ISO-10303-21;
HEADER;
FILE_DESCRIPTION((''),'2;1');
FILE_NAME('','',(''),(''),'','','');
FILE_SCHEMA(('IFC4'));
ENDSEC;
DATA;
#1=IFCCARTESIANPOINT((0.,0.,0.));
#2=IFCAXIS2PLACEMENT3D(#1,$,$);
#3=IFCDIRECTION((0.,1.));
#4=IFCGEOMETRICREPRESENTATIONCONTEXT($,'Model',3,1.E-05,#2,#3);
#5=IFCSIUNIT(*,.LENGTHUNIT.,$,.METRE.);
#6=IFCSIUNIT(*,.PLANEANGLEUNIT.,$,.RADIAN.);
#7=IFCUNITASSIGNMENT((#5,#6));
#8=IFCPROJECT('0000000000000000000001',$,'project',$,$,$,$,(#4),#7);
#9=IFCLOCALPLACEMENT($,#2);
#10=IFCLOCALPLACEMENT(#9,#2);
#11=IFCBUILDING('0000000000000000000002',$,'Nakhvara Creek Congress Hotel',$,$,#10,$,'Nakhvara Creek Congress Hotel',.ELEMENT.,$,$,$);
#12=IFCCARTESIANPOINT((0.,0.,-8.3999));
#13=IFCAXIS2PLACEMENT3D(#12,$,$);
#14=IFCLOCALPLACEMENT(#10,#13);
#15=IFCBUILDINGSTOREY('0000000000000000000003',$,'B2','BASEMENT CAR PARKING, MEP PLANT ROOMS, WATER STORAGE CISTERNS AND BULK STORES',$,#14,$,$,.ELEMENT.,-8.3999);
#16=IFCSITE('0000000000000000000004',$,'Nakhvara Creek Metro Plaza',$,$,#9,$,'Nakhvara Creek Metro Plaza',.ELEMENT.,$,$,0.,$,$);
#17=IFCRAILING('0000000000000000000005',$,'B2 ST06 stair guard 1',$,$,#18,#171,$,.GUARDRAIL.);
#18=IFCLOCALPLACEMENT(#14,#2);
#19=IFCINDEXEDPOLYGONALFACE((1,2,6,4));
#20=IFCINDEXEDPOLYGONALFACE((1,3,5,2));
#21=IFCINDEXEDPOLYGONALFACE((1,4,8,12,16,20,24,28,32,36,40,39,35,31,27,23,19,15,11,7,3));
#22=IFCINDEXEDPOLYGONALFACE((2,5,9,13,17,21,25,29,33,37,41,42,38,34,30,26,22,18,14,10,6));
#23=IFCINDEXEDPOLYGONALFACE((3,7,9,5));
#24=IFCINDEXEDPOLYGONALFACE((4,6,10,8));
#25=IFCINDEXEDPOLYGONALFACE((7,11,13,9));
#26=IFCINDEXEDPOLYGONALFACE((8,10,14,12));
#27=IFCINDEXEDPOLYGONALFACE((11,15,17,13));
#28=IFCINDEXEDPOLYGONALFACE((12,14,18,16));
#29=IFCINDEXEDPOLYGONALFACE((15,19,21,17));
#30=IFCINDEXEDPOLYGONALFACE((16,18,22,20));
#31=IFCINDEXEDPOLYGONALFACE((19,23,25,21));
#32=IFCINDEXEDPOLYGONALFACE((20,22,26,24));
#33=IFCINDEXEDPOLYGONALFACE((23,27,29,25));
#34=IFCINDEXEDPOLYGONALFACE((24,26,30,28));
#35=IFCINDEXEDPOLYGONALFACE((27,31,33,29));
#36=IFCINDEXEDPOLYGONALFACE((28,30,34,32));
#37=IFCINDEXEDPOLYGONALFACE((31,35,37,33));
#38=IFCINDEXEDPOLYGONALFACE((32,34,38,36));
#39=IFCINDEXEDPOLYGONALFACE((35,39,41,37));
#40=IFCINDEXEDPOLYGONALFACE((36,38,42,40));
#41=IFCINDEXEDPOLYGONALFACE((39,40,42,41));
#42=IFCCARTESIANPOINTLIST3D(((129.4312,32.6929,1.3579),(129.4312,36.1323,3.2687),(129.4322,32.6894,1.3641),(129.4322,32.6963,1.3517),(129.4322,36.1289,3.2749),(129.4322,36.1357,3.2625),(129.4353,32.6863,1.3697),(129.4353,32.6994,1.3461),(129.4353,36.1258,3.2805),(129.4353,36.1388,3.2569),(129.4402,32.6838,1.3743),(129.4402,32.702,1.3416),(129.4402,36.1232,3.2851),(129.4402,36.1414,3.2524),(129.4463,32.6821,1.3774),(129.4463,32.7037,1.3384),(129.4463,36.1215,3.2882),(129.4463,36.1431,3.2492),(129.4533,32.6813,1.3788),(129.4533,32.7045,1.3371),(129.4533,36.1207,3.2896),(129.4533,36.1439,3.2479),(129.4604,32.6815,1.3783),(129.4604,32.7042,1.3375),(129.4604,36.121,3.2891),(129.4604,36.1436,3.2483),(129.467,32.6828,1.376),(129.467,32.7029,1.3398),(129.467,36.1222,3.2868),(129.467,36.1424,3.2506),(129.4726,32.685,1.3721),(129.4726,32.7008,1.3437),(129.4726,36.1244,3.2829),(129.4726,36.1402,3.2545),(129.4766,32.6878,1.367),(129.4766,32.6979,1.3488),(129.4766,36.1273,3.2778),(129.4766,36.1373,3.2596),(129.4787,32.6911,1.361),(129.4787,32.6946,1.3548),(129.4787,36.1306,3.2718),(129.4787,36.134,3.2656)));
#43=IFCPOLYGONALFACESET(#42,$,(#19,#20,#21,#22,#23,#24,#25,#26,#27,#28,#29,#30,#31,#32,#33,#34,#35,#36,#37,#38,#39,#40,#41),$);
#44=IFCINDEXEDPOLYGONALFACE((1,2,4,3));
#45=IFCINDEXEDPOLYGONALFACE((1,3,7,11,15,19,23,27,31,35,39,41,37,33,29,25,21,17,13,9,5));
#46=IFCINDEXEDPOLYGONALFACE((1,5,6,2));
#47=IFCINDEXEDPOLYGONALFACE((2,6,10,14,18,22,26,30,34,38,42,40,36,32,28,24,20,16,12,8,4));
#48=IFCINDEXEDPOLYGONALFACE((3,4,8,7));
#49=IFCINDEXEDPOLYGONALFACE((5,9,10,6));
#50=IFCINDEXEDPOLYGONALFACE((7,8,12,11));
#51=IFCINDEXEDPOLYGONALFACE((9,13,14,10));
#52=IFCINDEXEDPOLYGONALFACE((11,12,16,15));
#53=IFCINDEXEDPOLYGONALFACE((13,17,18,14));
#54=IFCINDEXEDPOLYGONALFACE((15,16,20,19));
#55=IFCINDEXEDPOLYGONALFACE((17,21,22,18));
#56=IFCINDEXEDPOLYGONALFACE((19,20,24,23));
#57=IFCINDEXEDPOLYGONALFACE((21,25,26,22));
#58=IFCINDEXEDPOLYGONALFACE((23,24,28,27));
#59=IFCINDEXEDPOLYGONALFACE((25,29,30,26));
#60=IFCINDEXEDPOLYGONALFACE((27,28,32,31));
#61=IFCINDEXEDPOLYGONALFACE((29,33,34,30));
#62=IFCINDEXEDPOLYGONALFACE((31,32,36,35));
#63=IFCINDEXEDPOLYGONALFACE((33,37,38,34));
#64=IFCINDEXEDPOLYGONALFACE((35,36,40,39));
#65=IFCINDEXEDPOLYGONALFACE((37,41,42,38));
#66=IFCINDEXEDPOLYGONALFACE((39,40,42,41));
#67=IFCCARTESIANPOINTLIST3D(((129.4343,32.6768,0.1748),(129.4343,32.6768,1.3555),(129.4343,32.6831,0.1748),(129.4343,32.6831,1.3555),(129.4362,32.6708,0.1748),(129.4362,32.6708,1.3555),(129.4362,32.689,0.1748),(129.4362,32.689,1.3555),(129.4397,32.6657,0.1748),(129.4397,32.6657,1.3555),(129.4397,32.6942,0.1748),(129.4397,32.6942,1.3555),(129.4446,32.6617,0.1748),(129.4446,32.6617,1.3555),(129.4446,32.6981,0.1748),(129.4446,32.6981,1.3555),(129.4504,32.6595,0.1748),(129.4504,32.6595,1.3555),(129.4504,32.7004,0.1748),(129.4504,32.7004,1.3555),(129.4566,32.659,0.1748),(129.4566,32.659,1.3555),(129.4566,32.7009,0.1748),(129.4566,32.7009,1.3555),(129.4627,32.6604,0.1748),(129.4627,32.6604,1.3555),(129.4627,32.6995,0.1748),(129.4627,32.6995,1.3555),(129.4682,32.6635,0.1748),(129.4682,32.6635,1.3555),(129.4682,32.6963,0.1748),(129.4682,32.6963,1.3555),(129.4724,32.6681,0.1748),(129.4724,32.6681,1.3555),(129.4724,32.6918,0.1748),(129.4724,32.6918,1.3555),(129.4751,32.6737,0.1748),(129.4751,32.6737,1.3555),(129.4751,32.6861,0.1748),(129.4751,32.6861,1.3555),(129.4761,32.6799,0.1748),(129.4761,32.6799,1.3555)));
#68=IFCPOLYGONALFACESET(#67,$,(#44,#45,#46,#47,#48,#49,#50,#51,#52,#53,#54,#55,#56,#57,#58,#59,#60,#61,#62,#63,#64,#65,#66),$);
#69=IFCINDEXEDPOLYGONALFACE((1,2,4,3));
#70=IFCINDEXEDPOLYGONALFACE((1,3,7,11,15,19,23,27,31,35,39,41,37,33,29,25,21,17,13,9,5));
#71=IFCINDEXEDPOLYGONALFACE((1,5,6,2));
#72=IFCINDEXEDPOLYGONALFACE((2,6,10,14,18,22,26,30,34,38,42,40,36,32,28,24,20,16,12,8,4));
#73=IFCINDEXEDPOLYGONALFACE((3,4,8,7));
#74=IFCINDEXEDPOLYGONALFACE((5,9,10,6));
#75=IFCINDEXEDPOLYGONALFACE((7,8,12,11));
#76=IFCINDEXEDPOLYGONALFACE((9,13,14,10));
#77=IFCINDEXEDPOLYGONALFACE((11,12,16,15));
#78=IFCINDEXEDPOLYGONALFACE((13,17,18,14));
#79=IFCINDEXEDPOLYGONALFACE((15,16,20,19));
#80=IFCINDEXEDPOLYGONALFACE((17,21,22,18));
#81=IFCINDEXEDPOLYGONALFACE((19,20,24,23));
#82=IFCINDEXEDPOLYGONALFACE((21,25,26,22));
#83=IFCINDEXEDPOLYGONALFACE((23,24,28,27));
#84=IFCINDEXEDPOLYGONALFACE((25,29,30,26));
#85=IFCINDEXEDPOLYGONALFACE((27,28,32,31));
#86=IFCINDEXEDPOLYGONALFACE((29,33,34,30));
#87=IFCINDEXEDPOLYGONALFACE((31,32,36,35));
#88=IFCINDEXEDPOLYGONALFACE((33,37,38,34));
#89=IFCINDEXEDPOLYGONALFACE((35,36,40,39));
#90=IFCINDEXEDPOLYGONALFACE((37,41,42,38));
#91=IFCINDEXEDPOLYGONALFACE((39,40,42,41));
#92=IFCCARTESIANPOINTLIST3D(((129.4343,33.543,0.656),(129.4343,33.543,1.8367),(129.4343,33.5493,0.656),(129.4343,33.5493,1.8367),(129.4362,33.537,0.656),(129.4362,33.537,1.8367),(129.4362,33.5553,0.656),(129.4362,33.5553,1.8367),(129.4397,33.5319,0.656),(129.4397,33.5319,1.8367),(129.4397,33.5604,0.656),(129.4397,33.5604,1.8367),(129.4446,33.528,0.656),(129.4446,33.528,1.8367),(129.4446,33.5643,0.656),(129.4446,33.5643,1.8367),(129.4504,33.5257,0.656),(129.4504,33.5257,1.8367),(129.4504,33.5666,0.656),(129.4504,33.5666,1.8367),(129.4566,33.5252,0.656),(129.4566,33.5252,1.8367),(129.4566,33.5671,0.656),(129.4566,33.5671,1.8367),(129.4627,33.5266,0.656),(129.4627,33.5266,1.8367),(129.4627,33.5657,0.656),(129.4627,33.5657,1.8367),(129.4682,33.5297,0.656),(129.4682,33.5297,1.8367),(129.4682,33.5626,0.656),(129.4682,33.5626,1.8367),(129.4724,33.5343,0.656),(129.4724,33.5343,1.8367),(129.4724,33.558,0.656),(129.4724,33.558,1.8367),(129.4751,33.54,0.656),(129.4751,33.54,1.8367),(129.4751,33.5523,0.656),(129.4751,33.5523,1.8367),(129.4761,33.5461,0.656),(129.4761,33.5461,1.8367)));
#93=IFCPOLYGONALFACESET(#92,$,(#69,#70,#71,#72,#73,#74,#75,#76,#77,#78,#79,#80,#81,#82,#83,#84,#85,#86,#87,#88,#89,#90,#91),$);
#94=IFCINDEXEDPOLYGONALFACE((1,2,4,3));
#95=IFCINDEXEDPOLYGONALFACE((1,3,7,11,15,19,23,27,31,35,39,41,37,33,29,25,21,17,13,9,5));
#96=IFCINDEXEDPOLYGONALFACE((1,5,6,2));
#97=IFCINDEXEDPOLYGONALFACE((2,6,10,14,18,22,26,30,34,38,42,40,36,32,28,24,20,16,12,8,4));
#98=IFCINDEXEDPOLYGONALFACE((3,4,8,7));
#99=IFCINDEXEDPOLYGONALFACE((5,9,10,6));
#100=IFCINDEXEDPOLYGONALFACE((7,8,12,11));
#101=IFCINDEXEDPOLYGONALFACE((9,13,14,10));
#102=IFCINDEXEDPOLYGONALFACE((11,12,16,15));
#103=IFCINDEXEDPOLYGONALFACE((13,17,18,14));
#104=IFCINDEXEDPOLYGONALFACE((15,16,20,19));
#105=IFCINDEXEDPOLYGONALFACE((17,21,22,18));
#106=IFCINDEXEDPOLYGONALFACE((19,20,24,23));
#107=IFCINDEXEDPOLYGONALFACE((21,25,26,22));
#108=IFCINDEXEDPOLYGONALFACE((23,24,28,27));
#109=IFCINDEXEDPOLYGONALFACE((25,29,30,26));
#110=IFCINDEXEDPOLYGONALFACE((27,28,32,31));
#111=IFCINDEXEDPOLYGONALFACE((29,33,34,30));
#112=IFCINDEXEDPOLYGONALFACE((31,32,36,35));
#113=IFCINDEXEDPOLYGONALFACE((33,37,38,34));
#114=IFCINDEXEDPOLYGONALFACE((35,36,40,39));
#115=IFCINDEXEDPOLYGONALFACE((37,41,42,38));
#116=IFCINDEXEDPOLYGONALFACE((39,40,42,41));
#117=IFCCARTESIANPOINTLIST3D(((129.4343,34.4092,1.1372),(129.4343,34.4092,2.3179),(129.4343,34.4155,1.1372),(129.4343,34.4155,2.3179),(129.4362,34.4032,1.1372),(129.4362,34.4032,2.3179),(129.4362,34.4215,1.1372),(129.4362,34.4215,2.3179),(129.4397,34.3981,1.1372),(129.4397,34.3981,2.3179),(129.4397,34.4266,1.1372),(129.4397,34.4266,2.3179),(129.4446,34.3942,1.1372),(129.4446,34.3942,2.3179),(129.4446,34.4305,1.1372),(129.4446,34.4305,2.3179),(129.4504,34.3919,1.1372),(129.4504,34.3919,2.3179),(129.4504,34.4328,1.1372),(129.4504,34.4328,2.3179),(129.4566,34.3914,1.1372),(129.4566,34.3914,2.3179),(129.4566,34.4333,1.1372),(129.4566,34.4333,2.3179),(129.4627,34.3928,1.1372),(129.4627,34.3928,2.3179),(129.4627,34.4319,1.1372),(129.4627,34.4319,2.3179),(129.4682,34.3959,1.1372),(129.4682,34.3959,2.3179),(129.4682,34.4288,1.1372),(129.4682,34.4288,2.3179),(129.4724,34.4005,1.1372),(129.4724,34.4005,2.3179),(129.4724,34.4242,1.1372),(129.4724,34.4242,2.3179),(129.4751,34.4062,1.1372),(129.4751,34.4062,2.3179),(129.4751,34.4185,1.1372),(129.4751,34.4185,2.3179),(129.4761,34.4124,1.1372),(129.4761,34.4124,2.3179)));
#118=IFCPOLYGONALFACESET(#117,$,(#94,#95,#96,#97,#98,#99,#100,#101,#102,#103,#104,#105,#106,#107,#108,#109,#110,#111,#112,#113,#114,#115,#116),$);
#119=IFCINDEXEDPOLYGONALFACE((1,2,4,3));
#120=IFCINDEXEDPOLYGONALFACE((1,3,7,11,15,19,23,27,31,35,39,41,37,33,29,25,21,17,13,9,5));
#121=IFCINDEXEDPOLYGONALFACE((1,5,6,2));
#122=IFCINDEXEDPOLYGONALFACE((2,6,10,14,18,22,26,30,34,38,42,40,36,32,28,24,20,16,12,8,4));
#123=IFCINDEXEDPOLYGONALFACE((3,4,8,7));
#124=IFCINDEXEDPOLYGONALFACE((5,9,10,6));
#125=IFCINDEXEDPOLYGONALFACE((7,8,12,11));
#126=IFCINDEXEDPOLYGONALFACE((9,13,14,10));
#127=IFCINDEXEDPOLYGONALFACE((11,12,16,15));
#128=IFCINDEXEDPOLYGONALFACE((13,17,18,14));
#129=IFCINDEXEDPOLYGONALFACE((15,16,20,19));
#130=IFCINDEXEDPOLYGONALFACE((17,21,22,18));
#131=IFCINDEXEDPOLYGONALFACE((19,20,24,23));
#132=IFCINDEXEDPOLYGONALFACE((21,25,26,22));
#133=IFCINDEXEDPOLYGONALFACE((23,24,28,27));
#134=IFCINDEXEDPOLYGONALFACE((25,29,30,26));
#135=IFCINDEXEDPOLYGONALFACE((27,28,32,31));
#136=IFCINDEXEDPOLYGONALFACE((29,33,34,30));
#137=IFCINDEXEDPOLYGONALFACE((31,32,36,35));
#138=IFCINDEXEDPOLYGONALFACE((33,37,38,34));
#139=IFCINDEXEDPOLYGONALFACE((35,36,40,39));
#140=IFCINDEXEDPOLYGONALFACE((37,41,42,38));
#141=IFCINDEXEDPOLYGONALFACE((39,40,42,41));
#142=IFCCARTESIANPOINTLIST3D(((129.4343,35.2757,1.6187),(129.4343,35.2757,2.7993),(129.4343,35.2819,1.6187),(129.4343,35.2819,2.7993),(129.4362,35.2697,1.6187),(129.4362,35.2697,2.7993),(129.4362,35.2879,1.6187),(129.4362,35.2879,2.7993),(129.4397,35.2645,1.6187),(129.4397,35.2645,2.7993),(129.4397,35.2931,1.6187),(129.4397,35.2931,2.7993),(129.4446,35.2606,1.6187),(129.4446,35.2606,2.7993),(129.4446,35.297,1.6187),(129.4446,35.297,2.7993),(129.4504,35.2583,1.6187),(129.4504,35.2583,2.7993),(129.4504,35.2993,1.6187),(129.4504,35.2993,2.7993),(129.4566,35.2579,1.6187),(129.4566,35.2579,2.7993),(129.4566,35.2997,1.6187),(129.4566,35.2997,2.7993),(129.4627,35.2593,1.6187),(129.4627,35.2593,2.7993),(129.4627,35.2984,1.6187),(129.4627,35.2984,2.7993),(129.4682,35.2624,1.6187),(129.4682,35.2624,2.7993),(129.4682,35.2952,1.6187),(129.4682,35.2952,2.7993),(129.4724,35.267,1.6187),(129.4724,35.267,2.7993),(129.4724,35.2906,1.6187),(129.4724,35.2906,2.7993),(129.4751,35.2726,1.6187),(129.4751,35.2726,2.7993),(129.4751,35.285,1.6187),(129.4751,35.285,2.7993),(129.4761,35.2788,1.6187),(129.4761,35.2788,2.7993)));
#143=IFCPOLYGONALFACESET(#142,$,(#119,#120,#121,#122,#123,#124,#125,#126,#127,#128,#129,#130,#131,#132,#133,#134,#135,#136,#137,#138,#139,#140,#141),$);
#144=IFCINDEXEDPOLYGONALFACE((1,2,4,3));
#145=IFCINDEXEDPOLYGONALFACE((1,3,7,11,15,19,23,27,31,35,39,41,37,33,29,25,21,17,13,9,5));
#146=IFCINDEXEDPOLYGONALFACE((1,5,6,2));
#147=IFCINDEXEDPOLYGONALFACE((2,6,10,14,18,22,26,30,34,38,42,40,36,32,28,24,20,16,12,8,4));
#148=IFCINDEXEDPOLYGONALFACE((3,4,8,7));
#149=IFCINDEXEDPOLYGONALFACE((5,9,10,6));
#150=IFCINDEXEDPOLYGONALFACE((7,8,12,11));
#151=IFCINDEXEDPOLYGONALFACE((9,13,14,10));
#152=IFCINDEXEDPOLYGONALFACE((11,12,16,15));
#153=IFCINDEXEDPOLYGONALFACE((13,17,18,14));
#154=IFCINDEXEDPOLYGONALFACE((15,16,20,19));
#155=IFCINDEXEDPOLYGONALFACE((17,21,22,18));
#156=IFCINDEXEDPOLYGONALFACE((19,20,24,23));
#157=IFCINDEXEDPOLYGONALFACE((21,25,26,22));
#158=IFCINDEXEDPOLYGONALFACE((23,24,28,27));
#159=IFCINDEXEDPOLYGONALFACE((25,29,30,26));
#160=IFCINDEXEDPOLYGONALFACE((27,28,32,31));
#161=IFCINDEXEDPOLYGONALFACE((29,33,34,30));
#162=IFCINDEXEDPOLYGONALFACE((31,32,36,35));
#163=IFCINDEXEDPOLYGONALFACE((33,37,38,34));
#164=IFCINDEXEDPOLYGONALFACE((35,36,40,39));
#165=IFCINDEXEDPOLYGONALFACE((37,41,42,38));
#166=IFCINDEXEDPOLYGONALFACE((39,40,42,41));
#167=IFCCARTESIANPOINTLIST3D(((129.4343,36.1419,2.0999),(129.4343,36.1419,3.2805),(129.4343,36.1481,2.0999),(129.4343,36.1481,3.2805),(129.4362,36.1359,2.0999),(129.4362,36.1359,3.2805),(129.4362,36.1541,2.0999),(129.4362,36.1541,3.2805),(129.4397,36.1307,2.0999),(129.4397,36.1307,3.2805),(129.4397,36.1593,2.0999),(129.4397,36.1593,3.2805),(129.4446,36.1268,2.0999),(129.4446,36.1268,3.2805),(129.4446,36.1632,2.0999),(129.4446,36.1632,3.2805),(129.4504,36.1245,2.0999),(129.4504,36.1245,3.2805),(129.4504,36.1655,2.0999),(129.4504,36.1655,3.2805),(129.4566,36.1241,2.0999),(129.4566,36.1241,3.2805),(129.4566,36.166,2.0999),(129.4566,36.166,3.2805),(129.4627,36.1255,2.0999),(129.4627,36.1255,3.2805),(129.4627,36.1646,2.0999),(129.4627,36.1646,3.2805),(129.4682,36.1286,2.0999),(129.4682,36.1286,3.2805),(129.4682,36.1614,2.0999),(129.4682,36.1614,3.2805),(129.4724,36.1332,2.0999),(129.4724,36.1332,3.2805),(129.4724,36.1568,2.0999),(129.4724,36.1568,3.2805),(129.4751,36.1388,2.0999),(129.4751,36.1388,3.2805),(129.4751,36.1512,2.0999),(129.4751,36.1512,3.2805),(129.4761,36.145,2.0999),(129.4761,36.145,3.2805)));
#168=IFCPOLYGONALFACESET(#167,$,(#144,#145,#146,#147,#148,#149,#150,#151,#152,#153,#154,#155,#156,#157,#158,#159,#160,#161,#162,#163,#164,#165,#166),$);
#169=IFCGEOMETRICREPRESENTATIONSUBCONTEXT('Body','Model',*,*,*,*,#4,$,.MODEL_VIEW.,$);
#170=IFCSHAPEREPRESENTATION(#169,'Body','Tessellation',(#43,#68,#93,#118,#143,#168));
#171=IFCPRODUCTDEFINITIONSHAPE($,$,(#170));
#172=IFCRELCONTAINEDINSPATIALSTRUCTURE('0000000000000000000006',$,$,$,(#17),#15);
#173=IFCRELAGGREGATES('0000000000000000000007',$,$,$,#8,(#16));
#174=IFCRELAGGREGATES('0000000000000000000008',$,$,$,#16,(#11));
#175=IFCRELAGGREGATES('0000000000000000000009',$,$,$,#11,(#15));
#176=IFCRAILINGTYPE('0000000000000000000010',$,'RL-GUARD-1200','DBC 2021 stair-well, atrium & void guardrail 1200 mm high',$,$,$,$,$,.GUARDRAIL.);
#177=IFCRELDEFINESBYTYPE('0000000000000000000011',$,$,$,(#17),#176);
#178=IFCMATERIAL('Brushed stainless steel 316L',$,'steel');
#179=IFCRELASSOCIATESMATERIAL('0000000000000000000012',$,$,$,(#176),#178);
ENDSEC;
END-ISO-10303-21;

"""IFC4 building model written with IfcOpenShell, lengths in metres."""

from ifc_helpers import new_model, si_unit, direction, frame, origin, origin_2d, place, context, subcontext, project, spatial, circle, extrude, material, type_object, element, save


model = new_model("IFC4")

# Units and contexts
model_context = context("Model", 3, precision=1e-05, world=origin(), true_north=direction((0.0, 1.0)))
body_context = subcontext(model_context, "Body", "Model", "MODEL_VIEW")
ifc_project = project(units=[si_unit("LENGTHUNIT", "METRE"), si_unit("PLANEANGLEUNIT", "RADIAN")], contexts=[model_context])

# Site, building, storey
site_placement = place(None, origin())
site = spatial("IfcSite", under=ifc_project, at=site_placement, Name="Nakhvara Creek Metro Plaza", LongName="Nakhvara Creek Metro Plaza", CompositionType="ELEMENT", RefElevation=0.0)
building_placement = place(site_placement, origin())
building = spatial("IfcBuilding", under=site, at=building_placement, Name="Nakhvara Creek Congress Hotel", LongName="Nakhvara Creek Congress Hotel", CompositionType="ELEMENT")
storey_placement = place(building_placement, frame((0.0, 0.0, -8.3999)))
storey = spatial("IfcBuildingStorey", under=building, at=storey_placement, Name="B2", Description="BASEMENT CAR PARKING, MEP PLANT ROOMS, WATER STORAGE CISTERNS AND BULK STORES", CompositionType="ELEMENT", Elevation=-8.3999)

# Railing
ifc_material_1 = material(Name="Brushed stainless steel 316L", Category="steel")
railing_type_1 = type_object("IfcRailingType", Name="RL-GUARD-1200", Description="DBC 2021 stair-well, atrium & void guardrail 1200 mm high", PredefinedType="GUARDRAIL", material=ifc_material_1)
railing_1_placement = place(storey_placement, frame((129.4551, 32.6799, 0.1748)))
element("IfcRailing", 1, at=railing_1_placement, inside=storey, type_object=railing_type_1, Name="B2 ST06 stair guard 1", PredefinedType="GUARDRAIL", context=body_context, shape_type="SweptSolid", body=[
    extrude(circle(Radius=0.0239, at=origin_2d()), frame((0.0, 0.0129, 1.1831), z_axis=(0.0, 0.874157, 0.485643), x_axis=(-1.0, 0.0, 0.0)), (0.0, 0.0, 1.0), 3.9346),
    extrude(circle(Radius=0.021, at=origin_2d()), origin(), (0.0, 0.0, 1.0), 1.1807),
    extrude(circle(Radius=0.021, at=origin_2d()), frame((0.0, 0.8662, 0.4812)), (0.0, 0.0, 1.0), 1.1807),
    extrude(circle(Radius=0.021, at=origin_2d()), frame((0.0, 1.7324, 0.9624)), (0.0, 0.0, 1.0), 1.1807),
    extrude(circle(Radius=0.021, at=origin_2d()), frame((0.0, 2.5989, 1.4438)), (0.0, 0.0, 1.0), 1.1807),
    extrude(circle(Radius=0.021, at=origin_2d()), frame((0.0, 3.4651, 1.925)), (0.0, 0.0, 1.0), 1.1807),
])

save(model, "model.ifc")
